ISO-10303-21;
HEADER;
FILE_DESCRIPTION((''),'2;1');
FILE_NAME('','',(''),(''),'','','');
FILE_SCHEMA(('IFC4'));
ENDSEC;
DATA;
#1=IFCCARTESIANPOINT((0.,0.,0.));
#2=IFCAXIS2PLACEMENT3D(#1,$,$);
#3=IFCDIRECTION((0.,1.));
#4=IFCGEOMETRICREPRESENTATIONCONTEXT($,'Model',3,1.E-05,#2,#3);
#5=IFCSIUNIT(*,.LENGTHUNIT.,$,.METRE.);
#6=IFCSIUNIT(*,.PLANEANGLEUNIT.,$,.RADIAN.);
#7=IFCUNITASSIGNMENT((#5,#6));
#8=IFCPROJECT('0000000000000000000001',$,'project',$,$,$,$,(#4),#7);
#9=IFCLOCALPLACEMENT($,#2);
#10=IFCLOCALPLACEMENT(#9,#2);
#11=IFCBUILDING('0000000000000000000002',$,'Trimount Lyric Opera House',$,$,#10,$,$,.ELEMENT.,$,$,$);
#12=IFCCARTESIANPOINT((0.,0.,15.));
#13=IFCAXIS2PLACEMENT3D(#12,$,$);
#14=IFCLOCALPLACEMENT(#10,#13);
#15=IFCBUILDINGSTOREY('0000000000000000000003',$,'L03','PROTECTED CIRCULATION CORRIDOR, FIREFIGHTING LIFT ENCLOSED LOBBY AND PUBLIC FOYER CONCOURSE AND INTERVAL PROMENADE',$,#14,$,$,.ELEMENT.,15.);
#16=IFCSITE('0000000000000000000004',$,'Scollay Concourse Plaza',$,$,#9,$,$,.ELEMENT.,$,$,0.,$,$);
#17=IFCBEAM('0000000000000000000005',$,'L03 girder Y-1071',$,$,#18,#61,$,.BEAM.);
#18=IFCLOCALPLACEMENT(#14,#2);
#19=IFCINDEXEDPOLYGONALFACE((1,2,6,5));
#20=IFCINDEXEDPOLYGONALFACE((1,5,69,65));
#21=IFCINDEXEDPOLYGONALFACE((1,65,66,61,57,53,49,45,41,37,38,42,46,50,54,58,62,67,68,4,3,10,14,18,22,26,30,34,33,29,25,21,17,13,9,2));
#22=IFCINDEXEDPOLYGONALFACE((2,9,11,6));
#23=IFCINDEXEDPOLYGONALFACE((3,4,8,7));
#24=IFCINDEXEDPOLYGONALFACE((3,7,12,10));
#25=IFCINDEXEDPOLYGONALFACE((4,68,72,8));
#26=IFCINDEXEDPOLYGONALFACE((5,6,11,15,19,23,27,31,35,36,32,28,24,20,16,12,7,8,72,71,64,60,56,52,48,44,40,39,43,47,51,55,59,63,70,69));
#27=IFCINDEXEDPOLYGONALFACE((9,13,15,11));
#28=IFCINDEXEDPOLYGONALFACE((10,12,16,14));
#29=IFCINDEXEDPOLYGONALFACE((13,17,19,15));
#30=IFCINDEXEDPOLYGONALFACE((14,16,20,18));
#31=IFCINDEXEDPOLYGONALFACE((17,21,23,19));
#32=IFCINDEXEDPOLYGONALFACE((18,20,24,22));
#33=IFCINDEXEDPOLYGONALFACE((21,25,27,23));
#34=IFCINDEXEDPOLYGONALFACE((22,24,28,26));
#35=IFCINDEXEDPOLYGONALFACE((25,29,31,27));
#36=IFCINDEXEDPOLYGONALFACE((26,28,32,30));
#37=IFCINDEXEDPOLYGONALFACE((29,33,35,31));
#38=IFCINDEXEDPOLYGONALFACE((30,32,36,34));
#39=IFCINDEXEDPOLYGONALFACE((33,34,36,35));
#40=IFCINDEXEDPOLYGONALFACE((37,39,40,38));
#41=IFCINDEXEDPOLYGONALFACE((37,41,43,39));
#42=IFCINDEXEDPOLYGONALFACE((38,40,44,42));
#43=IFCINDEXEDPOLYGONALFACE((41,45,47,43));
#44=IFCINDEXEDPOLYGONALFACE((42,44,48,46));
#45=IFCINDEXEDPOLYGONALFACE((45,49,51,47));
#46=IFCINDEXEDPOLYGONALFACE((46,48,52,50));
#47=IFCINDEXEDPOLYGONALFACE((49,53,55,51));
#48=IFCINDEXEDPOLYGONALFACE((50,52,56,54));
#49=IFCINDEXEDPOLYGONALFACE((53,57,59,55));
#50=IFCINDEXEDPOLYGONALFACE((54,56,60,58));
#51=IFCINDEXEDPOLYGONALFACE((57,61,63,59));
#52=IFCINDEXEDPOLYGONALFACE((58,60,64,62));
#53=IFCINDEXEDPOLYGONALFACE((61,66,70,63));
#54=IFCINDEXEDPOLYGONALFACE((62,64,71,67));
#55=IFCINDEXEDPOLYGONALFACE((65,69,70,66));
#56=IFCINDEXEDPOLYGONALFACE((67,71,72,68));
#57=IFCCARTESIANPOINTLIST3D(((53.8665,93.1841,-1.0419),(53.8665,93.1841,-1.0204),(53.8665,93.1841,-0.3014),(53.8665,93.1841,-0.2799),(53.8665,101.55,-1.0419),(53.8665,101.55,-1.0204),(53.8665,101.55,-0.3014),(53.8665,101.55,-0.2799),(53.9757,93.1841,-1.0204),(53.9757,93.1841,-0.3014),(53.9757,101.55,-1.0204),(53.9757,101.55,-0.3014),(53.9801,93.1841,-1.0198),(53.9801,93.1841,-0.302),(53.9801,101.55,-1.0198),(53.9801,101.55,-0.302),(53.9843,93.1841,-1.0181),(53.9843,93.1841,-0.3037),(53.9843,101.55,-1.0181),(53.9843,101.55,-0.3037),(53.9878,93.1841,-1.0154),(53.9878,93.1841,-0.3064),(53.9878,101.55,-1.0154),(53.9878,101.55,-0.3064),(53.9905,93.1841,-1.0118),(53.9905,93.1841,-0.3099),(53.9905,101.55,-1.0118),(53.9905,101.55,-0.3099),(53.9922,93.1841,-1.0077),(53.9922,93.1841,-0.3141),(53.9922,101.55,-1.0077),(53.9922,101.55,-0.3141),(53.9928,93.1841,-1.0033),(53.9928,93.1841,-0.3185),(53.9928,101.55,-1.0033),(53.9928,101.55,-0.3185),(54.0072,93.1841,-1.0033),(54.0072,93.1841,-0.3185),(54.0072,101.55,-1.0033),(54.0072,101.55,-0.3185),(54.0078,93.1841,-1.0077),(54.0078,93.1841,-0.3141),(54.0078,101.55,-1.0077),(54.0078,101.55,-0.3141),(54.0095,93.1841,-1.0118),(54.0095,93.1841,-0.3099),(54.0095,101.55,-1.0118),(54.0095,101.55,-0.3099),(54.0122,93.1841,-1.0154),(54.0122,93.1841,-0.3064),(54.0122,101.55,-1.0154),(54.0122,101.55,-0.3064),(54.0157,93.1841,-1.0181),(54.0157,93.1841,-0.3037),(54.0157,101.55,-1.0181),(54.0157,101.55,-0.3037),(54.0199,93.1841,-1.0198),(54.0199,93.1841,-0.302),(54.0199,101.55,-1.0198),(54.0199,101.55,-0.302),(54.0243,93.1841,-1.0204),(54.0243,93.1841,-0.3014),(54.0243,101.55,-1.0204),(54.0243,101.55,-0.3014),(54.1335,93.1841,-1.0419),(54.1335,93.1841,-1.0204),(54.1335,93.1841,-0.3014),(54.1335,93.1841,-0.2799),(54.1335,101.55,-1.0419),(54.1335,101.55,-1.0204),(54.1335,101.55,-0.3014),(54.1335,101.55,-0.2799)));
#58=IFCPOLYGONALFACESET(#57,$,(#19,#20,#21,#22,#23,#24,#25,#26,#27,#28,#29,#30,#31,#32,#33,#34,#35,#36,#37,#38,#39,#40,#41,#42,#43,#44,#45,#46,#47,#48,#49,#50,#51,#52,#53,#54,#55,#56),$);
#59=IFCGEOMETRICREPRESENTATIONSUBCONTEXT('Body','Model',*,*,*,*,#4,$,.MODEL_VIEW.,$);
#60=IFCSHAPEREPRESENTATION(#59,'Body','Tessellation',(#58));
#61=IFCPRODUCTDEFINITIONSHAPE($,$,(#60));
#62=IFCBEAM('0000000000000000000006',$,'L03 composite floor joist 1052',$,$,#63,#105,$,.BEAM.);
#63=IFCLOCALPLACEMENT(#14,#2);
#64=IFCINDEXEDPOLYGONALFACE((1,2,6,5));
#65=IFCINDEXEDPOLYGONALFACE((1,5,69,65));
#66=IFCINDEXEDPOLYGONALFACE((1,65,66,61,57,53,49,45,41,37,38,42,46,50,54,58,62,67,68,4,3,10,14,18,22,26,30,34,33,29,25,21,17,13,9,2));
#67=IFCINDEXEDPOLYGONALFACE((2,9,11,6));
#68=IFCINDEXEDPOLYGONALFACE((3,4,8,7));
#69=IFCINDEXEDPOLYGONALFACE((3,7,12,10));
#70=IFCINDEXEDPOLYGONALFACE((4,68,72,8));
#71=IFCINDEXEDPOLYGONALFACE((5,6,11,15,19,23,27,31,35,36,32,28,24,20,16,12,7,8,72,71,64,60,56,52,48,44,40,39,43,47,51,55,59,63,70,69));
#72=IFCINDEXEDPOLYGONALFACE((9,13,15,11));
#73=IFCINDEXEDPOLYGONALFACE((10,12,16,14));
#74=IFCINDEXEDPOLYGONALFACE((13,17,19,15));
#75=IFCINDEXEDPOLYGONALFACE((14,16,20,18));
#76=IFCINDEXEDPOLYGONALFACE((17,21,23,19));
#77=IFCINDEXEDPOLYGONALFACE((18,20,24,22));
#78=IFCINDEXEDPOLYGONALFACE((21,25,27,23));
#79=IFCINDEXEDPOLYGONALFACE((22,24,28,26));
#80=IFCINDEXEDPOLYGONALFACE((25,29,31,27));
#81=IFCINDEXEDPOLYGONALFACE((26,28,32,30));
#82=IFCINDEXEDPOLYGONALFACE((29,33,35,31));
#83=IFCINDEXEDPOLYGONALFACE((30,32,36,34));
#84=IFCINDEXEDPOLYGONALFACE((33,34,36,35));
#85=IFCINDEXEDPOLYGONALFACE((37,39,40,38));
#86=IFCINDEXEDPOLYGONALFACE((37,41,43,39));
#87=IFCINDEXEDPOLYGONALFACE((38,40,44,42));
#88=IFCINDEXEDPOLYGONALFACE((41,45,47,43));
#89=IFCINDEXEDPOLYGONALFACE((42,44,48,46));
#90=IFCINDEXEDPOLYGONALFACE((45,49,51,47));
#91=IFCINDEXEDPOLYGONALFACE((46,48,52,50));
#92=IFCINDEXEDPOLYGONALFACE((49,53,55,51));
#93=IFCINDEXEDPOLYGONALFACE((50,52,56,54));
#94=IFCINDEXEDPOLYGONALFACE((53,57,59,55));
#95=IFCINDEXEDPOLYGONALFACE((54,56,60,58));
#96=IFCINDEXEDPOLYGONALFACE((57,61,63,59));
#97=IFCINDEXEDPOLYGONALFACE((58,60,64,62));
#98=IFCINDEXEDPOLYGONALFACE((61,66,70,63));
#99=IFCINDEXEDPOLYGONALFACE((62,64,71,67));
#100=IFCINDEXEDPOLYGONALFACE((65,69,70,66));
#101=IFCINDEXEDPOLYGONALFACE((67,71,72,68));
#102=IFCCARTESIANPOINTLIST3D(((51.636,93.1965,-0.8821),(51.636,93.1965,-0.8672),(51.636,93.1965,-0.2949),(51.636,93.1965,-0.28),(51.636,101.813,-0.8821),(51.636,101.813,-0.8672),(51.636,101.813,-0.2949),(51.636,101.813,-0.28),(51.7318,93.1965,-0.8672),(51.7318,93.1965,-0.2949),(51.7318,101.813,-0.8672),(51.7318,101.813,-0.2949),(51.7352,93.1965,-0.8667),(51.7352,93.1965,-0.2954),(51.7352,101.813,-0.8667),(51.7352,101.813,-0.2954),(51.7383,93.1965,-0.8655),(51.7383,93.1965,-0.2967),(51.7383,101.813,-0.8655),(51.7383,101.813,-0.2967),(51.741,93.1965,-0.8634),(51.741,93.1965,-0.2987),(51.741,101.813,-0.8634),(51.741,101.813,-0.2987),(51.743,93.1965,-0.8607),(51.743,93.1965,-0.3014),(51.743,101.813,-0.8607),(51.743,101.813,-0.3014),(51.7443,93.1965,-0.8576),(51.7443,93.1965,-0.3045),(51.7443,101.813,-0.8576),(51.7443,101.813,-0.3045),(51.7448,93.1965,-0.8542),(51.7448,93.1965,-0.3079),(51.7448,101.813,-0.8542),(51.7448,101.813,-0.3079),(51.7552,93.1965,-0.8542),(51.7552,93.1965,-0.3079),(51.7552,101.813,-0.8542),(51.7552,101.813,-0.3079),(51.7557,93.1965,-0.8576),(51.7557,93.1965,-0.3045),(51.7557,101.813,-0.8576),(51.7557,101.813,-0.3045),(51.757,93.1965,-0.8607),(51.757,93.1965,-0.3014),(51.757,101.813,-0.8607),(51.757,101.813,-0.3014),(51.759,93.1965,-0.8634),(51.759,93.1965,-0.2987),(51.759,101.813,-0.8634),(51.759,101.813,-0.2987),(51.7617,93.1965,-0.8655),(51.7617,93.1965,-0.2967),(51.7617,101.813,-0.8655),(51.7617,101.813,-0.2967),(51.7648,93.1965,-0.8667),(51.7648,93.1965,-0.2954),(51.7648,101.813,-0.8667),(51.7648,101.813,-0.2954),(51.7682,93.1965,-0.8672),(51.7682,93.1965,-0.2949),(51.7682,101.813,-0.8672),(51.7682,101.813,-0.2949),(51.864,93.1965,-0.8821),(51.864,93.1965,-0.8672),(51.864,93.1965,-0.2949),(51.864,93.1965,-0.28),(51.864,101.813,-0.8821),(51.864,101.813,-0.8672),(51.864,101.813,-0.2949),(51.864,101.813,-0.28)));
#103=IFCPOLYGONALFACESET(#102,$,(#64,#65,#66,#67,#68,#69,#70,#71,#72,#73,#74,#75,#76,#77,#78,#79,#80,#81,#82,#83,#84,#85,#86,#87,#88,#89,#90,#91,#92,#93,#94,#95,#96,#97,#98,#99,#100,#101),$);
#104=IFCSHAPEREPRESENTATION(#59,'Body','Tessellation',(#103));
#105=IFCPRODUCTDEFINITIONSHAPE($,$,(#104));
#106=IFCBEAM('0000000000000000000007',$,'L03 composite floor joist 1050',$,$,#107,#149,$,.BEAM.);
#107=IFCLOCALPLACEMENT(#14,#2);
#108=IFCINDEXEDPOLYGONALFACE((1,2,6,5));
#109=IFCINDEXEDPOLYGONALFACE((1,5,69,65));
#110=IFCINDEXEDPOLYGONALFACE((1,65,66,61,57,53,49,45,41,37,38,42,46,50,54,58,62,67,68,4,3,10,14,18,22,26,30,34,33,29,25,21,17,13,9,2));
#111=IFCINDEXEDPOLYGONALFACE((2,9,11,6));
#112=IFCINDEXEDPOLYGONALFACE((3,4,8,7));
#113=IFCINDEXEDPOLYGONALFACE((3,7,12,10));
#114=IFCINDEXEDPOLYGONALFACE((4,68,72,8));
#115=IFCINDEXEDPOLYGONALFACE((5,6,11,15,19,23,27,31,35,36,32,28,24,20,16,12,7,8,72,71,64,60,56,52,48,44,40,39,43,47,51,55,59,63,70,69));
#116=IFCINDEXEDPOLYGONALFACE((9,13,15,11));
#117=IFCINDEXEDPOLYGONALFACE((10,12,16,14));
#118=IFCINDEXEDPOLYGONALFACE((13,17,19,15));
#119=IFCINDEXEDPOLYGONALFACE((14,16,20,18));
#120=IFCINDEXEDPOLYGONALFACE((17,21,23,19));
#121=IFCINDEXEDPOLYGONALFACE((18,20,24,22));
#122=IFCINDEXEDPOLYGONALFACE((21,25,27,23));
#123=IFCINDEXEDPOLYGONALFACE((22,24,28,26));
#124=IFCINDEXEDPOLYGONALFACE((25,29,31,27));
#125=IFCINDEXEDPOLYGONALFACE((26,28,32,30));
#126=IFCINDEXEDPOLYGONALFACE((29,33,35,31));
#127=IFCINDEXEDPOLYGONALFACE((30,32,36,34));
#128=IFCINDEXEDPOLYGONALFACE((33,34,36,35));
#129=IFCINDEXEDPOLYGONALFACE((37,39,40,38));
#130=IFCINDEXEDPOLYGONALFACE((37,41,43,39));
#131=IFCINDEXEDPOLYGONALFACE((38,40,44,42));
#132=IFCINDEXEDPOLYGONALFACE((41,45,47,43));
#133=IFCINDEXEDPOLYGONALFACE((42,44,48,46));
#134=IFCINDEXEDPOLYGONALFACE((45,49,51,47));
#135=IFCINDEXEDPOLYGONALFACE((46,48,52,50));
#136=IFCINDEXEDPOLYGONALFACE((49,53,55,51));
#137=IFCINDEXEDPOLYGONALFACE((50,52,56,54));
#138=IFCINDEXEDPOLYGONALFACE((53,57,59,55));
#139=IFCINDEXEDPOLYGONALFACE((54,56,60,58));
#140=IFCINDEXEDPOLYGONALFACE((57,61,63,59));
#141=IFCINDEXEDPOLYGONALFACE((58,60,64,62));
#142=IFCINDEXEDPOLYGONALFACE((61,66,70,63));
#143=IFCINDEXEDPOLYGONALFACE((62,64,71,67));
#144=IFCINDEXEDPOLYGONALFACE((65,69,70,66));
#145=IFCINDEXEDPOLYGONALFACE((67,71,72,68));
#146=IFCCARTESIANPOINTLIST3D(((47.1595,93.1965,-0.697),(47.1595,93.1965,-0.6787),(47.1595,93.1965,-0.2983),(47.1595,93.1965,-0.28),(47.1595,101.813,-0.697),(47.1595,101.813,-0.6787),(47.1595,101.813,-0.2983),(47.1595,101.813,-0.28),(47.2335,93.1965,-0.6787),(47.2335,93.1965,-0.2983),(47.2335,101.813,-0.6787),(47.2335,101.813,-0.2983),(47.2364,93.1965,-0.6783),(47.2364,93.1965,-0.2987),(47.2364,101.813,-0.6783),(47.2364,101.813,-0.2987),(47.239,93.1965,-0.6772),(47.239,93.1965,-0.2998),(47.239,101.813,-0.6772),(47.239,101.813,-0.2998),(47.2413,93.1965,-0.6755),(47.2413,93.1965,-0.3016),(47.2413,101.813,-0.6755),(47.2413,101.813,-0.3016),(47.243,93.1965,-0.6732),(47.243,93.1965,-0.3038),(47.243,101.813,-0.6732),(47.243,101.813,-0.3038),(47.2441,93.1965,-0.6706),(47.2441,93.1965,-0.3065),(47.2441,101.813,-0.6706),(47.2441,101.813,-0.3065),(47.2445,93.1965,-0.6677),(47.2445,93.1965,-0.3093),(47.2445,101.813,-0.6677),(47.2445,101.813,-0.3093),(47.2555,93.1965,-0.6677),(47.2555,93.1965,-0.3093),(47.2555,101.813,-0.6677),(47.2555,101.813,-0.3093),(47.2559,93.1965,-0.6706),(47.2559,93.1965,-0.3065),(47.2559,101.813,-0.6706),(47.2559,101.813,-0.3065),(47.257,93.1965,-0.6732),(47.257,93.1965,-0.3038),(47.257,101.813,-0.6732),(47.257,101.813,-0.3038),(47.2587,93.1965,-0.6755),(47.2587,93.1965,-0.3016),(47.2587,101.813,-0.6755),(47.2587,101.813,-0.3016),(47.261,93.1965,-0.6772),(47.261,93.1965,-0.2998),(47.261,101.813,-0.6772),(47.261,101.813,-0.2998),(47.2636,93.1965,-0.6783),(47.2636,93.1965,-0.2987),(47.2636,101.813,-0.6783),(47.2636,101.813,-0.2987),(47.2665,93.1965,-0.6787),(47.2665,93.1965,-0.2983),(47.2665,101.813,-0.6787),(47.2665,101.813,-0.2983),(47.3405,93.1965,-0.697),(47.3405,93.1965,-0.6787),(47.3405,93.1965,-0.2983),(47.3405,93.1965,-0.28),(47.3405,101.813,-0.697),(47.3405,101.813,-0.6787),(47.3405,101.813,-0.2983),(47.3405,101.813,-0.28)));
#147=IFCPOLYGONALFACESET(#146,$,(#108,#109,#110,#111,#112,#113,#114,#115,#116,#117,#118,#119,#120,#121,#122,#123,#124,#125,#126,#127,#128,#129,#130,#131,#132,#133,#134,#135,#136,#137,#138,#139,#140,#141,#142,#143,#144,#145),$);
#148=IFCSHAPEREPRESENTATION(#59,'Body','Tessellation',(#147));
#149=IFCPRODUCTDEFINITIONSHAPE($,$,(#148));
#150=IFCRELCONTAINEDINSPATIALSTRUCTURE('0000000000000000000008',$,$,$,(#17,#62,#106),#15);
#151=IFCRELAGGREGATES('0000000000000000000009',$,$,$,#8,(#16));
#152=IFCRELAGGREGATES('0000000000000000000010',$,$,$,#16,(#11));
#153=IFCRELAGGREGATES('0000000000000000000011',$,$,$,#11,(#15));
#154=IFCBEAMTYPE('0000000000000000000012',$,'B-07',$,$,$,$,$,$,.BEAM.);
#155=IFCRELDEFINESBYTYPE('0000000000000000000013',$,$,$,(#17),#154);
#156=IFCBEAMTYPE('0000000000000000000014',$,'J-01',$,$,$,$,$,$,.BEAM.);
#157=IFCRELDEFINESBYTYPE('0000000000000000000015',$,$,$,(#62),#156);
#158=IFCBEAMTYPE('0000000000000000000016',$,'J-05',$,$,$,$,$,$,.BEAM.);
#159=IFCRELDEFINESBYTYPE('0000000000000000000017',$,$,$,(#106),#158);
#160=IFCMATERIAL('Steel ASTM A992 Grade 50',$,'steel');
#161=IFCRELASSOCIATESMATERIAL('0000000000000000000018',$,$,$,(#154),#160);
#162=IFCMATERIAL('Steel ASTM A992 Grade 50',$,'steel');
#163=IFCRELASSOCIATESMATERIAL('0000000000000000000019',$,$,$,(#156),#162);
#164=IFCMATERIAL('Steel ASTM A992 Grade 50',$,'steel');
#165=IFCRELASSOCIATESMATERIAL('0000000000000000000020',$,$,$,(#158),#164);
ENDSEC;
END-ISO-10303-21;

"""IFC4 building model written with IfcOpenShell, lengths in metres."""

from ifc_helpers import new_model, si_unit, direction, frame, origin, origin_2d, place, context, subcontext, project, spatial, i_section, extrude, material, material_profile, profile_set, type_object, element, save


model = new_model("IFC4")

# Units and contexts
model_context = context("Model", 3, precision=1e-05, world=origin(), true_north=direction((0.0, 1.0)))
body_context = subcontext(model_context, "Body", "Model", "MODEL_VIEW")
ifc_project = project(units=[si_unit("LENGTHUNIT", "METRE"), si_unit("PLANEANGLEUNIT", "RADIAN")], contexts=[model_context])

# Site, building, storey
site_placement = place(None, origin())
site = spatial("IfcSite", under=ifc_project, at=site_placement, Name="Scollay Concourse Plaza", CompositionType="ELEMENT", RefElevation=0.0)
building_placement = place(site_placement, origin())
building = spatial("IfcBuilding", under=site, at=building_placement, Name="Trimount Lyric Opera House", CompositionType="ELEMENT")
storey_placement = place(building_placement, frame((0.0, 0.0, 15.0)))
storey = spatial("IfcBuildingStorey", under=building, at=storey_placement, Name="L03", Description="PROTECTED CIRCULATION CORRIDOR, FIREFIGHTING LIFT ENCLOSED LOBBY AND PUBLIC FOYER CONCOURSE AND INTERVAL PROMENADE", CompositionType="ELEMENT", Elevation=15.0)

# Beams
ifc_material_1 = material(Name="Steel ASTM A992 Grade 50", Category="steel")
ifc_material_profile_1 = material_profile(ifc_material_1, i_section(OverallWidth=0.2671, OverallDepth=0.762, WebThickness=0.0144, FlangeThickness=0.0215, FilletRadius=0.0171, at=origin_2d()), Name="W30X116")
ifc_profile_set_1 = profile_set([ifc_material_profile_1], Name="Steel ASTM A992 Grade 50")
beam_type_1 = type_object("IfcBeamType", Name="B-07", PredefinedType="BEAM", material=ifc_profile_set_1)
beam_1_placement = place(storey_placement, frame((54.0, 93.1841, -0.6609), z_axis=(0.0, 1.0, 0.0), x_axis=(-1.0, 0.0, 0.0)))
element("IfcBeam", 1, at=beam_1_placement, inside=storey, type_object=beam_type_1, Name="L03 girder Y-1071", PredefinedType="BEAM", context=body_context, shape_type="SweptSolid", body=[
    extrude(i_section(OverallWidth=0.2671, OverallDepth=0.762, WebThickness=0.0144, FlangeThickness=0.0215, FilletRadius=0.0171, at=origin_2d()), origin(), (0.0, 0.0, 1.0), 8.366),
])
ifc_material_2 = material(Name="Steel ASTM A992 Grade 50", Category="steel")
ifc_material_profile_2 = material_profile(ifc_material_2, i_section(OverallWidth=0.228, OverallDepth=0.6021, WebThickness=0.0105, FlangeThickness=0.0149, FilletRadius=0.0129, at=origin_2d()), Name="W24X68")
ifc_profile_set_2 = profile_set([ifc_material_profile_2], Name="Steel ASTM A992 Grade 50")
beam_type_2 = type_object("IfcBeamType", Name="J-01", PredefinedType="BEAM", material=ifc_profile_set_2)
beam_2_placement = place(storey_placement, frame((51.75, 93.1965, -0.5811), z_axis=(0.0, 1.0, 0.0), x_axis=(-1.0, 0.0, 0.0)))
element("IfcBeam", 2, at=beam_2_placement, inside=storey, type_object=beam_type_2, Name="L03 composite floor joist 1052", PredefinedType="BEAM", context=body_context, shape_type="SweptSolid", body=[
    extrude(i_section(OverallWidth=0.228, OverallDepth=0.6021, WebThickness=0.0105, FlangeThickness=0.0149, FilletRadius=0.0129, at=origin_2d()), origin(), (0.0, 0.0, 1.0), 8.6165),
])
ifc_material_3 = material(Name="Steel ASTM A992 Grade 50", Category="steel")
ifc_material_profile_3 = material_profile(ifc_material_3, i_section(OverallWidth=0.1809, OverallDepth=0.417, WebThickness=0.011, FlangeThickness=0.0183, FilletRadius=0.011, at=origin_2d()), Name="W16X57")
ifc_profile_set_3 = profile_set([ifc_material_profile_3], Name="Steel ASTM A992 Grade 50")
beam_type_3 = type_object("IfcBeamType", Name="J-05", PredefinedType="BEAM", material=ifc_profile_set_3)
beam_3_placement = place(storey_placement, frame((47.25, 93.1965, -0.4885), z_axis=(0.0, 1.0, 0.0), x_axis=(-1.0, 0.0, 0.0)))
element("IfcBeam", 3, at=beam_3_placement, inside=storey, type_object=beam_type_3, Name="L03 composite floor joist 1050", PredefinedType="BEAM", context=body_context, shape_type="SweptSolid", body=[
    extrude(i_section(OverallWidth=0.1809, OverallDepth=0.417, WebThickness=0.011, FlangeThickness=0.0183, FilletRadius=0.011, at=origin_2d()), origin(), (0.0, 0.0, 1.0), 8.6165),
])

save(model, "model.ifc")
